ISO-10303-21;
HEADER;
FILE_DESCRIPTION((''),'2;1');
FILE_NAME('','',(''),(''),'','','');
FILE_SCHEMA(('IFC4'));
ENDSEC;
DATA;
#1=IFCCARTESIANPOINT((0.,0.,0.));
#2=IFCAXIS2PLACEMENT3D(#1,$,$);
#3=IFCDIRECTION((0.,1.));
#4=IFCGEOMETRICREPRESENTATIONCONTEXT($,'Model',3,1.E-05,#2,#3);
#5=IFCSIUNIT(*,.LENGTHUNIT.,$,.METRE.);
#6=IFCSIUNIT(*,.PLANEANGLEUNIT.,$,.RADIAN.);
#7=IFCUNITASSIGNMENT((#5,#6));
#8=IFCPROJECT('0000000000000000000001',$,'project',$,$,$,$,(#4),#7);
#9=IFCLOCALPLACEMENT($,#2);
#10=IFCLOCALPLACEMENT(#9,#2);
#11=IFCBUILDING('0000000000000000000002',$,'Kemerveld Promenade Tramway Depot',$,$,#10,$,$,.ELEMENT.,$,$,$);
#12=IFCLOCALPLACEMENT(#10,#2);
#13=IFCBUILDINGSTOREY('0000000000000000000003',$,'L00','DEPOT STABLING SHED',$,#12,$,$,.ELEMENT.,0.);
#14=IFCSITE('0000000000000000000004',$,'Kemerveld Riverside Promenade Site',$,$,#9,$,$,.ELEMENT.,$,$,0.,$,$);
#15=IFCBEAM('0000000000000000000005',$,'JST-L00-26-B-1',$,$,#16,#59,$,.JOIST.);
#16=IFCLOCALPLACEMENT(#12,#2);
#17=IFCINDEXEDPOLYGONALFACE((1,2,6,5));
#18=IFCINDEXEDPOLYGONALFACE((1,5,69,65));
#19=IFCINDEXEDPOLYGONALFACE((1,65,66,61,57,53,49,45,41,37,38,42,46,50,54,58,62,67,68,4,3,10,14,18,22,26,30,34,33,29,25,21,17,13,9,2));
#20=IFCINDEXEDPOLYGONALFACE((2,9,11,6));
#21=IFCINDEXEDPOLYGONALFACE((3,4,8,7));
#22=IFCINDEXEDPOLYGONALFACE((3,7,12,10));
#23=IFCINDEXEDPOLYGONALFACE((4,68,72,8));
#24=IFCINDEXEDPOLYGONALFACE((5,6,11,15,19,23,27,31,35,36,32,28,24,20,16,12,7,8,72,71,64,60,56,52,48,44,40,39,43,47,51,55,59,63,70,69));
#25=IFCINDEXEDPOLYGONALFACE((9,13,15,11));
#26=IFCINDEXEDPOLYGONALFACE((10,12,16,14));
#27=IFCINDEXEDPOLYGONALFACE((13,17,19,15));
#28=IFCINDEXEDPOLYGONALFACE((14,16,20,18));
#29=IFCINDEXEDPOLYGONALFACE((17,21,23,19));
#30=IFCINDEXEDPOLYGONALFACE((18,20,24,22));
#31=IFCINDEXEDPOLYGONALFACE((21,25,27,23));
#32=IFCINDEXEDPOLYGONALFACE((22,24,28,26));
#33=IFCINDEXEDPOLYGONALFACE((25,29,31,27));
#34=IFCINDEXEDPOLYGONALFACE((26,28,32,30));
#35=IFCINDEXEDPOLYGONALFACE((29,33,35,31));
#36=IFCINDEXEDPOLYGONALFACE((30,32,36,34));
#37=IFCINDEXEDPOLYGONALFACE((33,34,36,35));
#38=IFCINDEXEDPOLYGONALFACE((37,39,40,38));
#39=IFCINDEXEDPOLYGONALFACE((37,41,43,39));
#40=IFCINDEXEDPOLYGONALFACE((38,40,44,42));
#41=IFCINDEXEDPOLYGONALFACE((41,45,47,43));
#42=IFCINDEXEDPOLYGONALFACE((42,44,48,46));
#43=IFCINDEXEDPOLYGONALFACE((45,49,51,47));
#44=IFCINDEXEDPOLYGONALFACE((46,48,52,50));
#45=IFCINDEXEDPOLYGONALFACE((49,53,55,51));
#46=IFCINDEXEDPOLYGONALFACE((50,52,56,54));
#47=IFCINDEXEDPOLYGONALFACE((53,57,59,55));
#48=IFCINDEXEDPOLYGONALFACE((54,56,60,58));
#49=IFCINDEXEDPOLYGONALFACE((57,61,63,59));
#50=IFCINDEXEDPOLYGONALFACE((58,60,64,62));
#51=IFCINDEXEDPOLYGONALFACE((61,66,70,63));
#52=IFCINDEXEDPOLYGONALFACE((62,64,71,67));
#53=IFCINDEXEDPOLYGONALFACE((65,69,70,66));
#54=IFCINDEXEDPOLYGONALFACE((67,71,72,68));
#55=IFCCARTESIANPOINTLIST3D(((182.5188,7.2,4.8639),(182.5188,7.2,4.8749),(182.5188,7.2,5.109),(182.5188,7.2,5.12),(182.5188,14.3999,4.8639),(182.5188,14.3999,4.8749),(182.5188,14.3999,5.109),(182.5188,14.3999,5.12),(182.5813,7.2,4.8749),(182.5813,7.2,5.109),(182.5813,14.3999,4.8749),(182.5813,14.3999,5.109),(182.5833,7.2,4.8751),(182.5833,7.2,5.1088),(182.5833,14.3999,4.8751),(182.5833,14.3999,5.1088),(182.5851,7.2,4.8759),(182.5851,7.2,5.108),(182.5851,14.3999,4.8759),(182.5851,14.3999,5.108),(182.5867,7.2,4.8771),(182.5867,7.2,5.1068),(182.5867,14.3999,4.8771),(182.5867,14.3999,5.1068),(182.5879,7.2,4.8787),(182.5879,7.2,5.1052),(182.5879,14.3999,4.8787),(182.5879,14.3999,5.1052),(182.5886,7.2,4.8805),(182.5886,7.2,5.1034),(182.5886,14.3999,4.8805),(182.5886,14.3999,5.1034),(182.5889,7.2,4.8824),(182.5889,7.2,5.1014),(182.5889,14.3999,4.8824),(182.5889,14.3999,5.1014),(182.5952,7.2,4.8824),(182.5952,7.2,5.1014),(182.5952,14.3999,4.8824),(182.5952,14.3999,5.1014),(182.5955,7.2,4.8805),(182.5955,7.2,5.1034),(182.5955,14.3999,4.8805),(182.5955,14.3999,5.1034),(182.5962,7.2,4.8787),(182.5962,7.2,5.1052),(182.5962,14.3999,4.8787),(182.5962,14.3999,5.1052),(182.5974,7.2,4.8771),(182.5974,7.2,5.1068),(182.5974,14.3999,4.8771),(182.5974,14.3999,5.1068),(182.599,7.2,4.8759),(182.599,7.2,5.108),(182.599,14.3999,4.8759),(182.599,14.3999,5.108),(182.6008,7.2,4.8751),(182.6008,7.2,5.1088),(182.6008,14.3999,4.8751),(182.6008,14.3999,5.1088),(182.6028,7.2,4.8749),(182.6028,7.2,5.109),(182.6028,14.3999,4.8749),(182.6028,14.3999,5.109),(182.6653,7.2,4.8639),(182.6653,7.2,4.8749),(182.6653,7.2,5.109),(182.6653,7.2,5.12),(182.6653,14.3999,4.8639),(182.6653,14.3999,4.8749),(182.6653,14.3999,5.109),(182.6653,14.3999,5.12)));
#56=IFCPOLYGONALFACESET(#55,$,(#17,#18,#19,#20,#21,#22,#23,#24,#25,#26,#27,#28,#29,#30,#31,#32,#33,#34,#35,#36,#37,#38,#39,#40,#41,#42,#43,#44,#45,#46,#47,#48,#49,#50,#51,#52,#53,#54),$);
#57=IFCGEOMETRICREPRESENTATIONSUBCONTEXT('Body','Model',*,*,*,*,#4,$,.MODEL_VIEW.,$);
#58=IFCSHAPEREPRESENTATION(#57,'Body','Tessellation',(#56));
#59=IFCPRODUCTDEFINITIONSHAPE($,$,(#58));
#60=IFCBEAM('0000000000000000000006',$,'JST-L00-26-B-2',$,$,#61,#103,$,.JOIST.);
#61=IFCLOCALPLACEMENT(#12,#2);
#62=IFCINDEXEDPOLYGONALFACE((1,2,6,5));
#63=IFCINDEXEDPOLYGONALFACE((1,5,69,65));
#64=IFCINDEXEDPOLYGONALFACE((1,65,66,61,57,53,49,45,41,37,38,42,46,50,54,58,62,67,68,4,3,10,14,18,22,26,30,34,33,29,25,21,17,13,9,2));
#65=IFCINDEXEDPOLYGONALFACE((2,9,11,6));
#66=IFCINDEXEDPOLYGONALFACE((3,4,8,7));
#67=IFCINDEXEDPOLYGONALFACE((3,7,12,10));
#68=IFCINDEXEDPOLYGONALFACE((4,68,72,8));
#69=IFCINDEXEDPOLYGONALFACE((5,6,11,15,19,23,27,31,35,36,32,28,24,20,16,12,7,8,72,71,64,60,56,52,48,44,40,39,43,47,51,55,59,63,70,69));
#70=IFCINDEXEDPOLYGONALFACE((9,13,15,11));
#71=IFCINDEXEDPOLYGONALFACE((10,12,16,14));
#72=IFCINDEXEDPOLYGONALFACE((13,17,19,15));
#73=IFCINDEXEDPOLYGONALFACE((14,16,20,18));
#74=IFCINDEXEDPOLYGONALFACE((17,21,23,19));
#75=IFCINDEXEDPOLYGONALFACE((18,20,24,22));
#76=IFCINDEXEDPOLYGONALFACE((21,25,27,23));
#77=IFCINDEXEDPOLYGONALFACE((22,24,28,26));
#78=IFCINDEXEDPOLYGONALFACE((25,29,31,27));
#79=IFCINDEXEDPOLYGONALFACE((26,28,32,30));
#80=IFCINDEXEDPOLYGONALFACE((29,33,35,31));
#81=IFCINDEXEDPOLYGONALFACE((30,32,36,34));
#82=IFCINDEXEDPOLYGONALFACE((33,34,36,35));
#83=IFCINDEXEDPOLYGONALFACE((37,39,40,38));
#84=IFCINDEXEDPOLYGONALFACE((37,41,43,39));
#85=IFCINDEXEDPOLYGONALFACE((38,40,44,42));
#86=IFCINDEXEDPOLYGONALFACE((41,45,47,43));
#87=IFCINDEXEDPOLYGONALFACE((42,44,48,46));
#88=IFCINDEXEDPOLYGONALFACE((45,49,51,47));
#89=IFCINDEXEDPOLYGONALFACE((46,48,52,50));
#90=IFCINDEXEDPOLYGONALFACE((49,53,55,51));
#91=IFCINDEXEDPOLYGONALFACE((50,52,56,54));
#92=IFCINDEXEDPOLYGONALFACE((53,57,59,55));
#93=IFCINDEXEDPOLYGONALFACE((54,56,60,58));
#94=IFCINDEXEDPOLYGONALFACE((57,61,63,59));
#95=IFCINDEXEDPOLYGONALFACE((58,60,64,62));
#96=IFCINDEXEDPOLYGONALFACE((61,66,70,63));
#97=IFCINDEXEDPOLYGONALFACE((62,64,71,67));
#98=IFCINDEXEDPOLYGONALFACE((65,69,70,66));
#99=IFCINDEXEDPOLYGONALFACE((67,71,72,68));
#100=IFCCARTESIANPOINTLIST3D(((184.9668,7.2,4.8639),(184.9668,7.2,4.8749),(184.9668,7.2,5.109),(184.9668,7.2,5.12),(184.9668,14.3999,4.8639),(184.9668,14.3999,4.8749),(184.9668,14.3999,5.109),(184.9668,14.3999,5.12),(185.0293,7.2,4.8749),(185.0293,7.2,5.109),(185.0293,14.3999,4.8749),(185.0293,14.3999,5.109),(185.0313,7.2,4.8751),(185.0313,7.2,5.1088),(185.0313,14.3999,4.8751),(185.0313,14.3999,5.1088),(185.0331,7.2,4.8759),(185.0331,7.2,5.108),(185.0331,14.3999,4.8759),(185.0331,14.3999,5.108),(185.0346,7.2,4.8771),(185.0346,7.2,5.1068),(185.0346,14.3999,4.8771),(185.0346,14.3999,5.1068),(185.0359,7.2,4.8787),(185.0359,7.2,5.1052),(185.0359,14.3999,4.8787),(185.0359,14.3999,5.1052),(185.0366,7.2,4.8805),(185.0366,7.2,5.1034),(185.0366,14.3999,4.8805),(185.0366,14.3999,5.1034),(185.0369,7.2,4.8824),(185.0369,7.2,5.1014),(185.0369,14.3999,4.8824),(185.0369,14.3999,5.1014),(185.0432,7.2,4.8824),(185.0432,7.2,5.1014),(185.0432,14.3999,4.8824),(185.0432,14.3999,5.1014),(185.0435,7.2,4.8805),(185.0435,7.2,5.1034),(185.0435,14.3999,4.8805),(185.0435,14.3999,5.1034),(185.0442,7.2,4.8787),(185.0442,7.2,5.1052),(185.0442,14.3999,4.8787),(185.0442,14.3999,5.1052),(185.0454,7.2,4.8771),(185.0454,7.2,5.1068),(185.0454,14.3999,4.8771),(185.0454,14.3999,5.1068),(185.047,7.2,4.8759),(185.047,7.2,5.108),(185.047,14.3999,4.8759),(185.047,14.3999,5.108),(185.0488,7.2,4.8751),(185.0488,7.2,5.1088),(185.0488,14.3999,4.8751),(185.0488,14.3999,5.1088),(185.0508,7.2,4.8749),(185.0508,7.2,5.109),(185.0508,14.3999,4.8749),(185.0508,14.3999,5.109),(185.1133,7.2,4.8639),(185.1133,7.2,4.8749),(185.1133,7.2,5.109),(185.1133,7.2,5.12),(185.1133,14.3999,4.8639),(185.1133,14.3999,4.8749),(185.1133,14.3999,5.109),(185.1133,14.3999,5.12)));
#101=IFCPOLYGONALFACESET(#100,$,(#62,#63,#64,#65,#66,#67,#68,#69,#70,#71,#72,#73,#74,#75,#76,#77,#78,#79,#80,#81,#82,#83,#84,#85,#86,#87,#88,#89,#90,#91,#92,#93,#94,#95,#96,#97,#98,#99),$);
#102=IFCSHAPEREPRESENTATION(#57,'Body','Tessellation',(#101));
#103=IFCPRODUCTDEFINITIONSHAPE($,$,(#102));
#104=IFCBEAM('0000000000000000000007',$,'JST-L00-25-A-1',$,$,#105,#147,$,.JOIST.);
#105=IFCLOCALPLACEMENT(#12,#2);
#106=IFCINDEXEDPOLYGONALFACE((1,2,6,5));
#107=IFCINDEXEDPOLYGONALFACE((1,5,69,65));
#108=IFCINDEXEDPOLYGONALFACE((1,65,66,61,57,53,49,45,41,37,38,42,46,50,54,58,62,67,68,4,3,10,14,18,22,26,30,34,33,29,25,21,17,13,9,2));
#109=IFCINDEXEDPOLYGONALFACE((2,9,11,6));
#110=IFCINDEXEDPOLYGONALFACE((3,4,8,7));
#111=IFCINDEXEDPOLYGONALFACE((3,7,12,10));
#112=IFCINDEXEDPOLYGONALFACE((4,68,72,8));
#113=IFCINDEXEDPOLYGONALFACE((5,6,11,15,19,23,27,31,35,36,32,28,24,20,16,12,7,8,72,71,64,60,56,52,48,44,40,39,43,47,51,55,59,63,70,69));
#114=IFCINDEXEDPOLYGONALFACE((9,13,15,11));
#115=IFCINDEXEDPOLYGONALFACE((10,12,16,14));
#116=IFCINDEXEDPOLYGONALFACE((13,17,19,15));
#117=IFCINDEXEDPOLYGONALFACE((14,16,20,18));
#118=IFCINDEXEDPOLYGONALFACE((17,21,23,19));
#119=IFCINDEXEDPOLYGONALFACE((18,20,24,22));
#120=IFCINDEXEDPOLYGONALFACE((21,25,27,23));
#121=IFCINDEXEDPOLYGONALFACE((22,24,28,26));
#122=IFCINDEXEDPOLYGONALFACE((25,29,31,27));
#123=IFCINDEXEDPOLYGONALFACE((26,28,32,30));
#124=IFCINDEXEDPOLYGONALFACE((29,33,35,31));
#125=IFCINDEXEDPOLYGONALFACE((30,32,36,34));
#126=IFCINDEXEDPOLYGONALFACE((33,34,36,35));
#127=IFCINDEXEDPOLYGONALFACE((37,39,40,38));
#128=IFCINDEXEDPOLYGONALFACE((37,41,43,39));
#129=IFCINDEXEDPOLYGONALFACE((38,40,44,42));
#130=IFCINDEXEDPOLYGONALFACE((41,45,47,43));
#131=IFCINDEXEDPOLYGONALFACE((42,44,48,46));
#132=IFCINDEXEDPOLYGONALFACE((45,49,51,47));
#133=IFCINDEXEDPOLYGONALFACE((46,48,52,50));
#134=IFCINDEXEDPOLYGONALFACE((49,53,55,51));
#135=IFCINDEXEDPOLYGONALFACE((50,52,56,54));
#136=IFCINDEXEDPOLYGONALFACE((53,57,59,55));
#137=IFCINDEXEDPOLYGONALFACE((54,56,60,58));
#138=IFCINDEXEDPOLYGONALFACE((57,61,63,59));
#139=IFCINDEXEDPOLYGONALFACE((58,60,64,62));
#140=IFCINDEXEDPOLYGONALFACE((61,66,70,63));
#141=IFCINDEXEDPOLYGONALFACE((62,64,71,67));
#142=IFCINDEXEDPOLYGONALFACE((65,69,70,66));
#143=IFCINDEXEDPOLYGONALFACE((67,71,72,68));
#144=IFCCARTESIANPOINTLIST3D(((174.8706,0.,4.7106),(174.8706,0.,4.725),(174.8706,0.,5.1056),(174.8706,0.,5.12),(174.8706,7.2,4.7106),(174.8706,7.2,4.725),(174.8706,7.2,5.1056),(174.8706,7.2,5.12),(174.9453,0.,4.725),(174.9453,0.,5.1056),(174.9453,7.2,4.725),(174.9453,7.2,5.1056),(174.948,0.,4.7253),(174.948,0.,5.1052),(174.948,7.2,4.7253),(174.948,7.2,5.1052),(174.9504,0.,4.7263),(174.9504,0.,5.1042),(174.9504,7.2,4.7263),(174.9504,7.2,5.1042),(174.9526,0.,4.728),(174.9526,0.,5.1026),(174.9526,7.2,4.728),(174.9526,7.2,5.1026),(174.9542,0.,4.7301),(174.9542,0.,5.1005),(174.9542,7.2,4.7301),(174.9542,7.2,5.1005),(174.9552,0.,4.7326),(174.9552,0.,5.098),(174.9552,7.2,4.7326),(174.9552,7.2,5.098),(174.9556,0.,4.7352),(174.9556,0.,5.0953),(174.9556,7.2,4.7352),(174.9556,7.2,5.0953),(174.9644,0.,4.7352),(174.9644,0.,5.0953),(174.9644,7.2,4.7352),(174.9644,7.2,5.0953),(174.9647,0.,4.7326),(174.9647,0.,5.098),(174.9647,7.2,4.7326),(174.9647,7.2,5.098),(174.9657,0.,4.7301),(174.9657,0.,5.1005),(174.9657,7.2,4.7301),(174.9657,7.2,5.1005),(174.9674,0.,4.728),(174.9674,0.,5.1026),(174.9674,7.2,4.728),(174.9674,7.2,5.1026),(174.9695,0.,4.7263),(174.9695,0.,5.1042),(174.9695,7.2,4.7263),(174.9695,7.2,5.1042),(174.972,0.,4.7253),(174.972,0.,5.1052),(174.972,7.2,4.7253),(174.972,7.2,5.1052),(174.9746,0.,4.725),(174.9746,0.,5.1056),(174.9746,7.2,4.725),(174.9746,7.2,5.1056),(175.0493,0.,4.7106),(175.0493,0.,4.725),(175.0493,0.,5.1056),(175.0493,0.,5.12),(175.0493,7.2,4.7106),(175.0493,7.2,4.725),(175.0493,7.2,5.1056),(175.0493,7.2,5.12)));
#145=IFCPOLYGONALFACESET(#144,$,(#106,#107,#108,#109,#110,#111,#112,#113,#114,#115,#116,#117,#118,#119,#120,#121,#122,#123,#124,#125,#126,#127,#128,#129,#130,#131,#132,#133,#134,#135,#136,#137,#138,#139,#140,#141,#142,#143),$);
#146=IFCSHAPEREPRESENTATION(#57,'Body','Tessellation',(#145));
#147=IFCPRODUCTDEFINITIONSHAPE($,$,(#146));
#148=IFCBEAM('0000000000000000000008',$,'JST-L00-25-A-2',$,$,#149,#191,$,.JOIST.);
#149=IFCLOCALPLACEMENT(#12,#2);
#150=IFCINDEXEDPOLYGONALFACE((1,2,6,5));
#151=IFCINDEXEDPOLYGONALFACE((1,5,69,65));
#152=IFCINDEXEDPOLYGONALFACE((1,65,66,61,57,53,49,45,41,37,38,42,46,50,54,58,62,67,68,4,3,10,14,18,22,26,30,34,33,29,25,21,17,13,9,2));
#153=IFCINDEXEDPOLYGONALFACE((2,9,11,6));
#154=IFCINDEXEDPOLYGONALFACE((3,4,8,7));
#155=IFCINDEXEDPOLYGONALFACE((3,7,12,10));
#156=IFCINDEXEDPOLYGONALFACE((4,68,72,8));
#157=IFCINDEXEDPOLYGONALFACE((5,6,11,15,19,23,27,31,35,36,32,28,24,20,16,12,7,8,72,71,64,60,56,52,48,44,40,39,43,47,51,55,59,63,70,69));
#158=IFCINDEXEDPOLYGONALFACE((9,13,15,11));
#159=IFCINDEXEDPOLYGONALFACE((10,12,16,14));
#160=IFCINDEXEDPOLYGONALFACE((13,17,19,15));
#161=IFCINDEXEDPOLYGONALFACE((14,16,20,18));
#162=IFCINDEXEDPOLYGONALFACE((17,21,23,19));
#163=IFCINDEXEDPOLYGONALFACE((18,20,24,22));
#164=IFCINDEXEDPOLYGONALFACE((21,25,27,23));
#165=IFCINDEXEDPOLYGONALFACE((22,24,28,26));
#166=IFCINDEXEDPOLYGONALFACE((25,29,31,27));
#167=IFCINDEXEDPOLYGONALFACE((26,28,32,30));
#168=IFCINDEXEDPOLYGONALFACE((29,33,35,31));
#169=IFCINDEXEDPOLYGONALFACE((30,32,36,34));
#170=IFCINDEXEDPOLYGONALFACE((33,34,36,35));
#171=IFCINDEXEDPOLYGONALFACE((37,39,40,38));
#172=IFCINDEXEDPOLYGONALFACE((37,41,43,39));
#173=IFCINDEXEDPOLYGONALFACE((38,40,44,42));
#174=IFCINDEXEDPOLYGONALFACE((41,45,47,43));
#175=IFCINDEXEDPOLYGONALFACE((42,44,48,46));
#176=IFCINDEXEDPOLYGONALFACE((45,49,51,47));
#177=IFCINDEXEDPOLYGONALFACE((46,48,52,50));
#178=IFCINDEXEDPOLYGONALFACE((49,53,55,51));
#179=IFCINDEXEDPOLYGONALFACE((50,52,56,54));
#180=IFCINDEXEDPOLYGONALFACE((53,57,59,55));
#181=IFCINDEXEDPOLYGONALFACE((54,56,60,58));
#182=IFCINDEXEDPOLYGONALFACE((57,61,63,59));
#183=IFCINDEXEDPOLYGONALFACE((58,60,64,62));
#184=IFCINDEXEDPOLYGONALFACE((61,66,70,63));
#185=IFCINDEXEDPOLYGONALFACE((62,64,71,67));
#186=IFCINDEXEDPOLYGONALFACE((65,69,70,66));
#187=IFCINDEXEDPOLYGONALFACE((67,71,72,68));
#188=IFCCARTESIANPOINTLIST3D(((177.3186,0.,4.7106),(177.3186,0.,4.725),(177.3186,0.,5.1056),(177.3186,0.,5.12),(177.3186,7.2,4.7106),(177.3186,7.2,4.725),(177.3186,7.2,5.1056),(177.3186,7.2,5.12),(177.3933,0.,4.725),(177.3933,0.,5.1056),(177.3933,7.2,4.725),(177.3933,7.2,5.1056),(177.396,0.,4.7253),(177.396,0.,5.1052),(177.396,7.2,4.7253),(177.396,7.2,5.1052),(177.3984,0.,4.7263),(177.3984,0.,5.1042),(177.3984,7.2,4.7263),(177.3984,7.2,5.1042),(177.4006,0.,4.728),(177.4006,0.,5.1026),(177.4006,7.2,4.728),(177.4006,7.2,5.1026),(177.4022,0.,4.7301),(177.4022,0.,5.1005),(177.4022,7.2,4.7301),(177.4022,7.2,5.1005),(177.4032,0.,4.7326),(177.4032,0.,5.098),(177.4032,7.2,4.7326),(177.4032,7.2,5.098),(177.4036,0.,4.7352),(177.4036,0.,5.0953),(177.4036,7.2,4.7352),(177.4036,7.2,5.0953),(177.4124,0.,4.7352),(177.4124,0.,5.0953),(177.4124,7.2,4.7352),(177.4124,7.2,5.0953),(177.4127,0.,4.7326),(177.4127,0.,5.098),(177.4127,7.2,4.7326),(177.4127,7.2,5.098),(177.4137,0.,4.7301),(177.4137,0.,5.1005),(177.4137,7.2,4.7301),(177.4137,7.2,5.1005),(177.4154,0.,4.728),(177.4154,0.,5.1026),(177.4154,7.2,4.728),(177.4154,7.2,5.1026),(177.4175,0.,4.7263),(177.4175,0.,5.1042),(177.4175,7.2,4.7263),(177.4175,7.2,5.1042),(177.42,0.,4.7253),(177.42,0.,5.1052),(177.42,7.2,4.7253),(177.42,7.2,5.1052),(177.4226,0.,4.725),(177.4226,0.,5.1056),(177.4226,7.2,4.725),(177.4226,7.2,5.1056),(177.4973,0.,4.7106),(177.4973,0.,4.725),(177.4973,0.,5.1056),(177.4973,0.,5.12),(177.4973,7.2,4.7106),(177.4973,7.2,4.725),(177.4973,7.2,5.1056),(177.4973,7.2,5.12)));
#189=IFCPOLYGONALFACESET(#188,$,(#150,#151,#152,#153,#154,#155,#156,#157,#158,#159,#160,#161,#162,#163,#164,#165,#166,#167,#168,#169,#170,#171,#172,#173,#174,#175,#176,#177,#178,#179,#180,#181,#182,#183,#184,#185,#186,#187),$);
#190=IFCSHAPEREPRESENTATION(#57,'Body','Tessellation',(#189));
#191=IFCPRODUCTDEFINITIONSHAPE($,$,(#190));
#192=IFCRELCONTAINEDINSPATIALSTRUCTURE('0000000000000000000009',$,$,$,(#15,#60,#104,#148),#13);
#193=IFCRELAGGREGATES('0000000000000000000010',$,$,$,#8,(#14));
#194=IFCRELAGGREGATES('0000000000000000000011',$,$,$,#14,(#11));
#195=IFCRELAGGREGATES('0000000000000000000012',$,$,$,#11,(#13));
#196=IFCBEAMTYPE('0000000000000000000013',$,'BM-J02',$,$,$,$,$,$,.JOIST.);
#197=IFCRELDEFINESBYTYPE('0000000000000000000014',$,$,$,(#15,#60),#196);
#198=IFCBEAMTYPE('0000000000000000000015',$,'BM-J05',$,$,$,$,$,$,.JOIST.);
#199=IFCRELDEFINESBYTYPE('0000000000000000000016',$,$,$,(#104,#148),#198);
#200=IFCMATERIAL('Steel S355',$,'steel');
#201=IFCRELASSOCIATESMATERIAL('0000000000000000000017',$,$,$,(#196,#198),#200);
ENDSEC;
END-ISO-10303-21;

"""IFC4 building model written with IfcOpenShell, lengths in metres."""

from ifc_helpers import new_model, si_unit, direction, frame, origin, origin_2d, place, context, subcontext, project, spatial, i_section, extrude, material, material_profile, profile_set, type_object, element, save


model = new_model("IFC4")

# Units and contexts
model_context = context("Model", 3, precision=1e-05, world=origin(), true_north=direction((0.0, 1.0)))
body_context = subcontext(model_context, "Body", "Model", "MODEL_VIEW")
ifc_project = project(units=[si_unit("LENGTHUNIT", "METRE"), si_unit("PLANEANGLEUNIT", "RADIAN")], contexts=[model_context])

# Site, building, storey
site_placement = place(None, origin())
site = spatial("IfcSite", under=ifc_project, at=site_placement, Name="Kemerveld Riverside Promenade Site", CompositionType="ELEMENT", RefElevation=0.0)
building_placement = place(site_placement, origin())
building = spatial("IfcBuilding", under=site, at=building_placement, Name="Kemerveld Promenade Tramway Depot", CompositionType="ELEMENT")
storey_placement = place(building_placement, origin())
storey = spatial("IfcBuildingStorey", under=building, at=storey_placement, Name="L00", Description="DEPOT STABLING SHED", CompositionType="ELEMENT", Elevation=0.0)

# Shared definitions
ifc_material_1 = material(Name="Steel S355", Category="steel")

# Beams
ifc_material_profile_1 = material_profile(ifc_material_1, i_section(OverallWidth=0.1465, OverallDepth=0.2561, WebThickness=0.0063, FlangeThickness=0.011, FilletRadius=0.0076, at=origin_2d()), Name="254x146x37 UB")
ifc_profile_set_1 = profile_set([ifc_material_profile_1], Name="Steel S355")
beam_type_1 = type_object("IfcBeamType", Name="BM-J02", PredefinedType="JOIST", material=ifc_profile_set_1)
for number, where, z_axis, x_axis, name in (
    (1, (182.592, 7.2, 4.9919), (0.0, 1.0, 0.0), (-1.0, 0.0, 0.0), "JST-L00-26-B-1"),
    (2, (185.04, 7.2, 4.9919), (0.0, 1.0, 0.0), (-1.0, 0.0, 0.0), "JST-L00-26-B-2"),
):
    element("IfcBeam", number, at=place(storey_placement, frame(where, z_axis=z_axis, x_axis=x_axis)), inside=storey, type_object=beam_type_1, Name=name, PredefinedType="JOIST", context=body_context, shape_type="SweptSolid", body=[
        extrude(i_section(OverallWidth=0.1465, OverallDepth=0.2561, WebThickness=0.0063, FlangeThickness=0.011, FilletRadius=0.0076, at=origin_2d()), origin(), (0.0, 0.0, 1.0), 7.2),
    ])
ifc_material_profile_2 = material_profile(ifc_material_1, i_section(OverallWidth=0.1787, OverallDepth=0.4094, WebThickness=0.0088, FlangeThickness=0.0144, FilletRadius=0.0103, at=origin_2d()), Name="406x178x67 UB")
ifc_profile_set_2 = profile_set([ifc_material_profile_2], Name="Steel S355")
beam_type_2 = type_object("IfcBeamType", Name="BM-J05", PredefinedType="JOIST", material=ifc_profile_set_2)
for number, where, z_axis, x_axis, name in (
    (3, (174.96, 0.0, 4.9153), (0.0, 1.0, 0.0), (-1.0, 0.0, 0.0), "JST-L00-25-A-1"),
    (4, (177.408, 0.0, 4.9153), (0.0, 1.0, 0.0), (-1.0, 0.0, 0.0), "JST-L00-25-A-2"),
):
    element("IfcBeam", number, at=place(storey_placement, frame(where, z_axis=z_axis, x_axis=x_axis)), inside=storey, type_object=beam_type_2, Name=name, PredefinedType="JOIST", context=body_context, shape_type="SweptSolid", body=[
        extrude(i_section(OverallWidth=0.1787, OverallDepth=0.4094, WebThickness=0.0088, FlangeThickness=0.0144, FilletRadius=0.0103, at=origin_2d()), origin(), (0.0, 0.0, 1.0), 7.2),
    ])

save(model, "model.ifc")
